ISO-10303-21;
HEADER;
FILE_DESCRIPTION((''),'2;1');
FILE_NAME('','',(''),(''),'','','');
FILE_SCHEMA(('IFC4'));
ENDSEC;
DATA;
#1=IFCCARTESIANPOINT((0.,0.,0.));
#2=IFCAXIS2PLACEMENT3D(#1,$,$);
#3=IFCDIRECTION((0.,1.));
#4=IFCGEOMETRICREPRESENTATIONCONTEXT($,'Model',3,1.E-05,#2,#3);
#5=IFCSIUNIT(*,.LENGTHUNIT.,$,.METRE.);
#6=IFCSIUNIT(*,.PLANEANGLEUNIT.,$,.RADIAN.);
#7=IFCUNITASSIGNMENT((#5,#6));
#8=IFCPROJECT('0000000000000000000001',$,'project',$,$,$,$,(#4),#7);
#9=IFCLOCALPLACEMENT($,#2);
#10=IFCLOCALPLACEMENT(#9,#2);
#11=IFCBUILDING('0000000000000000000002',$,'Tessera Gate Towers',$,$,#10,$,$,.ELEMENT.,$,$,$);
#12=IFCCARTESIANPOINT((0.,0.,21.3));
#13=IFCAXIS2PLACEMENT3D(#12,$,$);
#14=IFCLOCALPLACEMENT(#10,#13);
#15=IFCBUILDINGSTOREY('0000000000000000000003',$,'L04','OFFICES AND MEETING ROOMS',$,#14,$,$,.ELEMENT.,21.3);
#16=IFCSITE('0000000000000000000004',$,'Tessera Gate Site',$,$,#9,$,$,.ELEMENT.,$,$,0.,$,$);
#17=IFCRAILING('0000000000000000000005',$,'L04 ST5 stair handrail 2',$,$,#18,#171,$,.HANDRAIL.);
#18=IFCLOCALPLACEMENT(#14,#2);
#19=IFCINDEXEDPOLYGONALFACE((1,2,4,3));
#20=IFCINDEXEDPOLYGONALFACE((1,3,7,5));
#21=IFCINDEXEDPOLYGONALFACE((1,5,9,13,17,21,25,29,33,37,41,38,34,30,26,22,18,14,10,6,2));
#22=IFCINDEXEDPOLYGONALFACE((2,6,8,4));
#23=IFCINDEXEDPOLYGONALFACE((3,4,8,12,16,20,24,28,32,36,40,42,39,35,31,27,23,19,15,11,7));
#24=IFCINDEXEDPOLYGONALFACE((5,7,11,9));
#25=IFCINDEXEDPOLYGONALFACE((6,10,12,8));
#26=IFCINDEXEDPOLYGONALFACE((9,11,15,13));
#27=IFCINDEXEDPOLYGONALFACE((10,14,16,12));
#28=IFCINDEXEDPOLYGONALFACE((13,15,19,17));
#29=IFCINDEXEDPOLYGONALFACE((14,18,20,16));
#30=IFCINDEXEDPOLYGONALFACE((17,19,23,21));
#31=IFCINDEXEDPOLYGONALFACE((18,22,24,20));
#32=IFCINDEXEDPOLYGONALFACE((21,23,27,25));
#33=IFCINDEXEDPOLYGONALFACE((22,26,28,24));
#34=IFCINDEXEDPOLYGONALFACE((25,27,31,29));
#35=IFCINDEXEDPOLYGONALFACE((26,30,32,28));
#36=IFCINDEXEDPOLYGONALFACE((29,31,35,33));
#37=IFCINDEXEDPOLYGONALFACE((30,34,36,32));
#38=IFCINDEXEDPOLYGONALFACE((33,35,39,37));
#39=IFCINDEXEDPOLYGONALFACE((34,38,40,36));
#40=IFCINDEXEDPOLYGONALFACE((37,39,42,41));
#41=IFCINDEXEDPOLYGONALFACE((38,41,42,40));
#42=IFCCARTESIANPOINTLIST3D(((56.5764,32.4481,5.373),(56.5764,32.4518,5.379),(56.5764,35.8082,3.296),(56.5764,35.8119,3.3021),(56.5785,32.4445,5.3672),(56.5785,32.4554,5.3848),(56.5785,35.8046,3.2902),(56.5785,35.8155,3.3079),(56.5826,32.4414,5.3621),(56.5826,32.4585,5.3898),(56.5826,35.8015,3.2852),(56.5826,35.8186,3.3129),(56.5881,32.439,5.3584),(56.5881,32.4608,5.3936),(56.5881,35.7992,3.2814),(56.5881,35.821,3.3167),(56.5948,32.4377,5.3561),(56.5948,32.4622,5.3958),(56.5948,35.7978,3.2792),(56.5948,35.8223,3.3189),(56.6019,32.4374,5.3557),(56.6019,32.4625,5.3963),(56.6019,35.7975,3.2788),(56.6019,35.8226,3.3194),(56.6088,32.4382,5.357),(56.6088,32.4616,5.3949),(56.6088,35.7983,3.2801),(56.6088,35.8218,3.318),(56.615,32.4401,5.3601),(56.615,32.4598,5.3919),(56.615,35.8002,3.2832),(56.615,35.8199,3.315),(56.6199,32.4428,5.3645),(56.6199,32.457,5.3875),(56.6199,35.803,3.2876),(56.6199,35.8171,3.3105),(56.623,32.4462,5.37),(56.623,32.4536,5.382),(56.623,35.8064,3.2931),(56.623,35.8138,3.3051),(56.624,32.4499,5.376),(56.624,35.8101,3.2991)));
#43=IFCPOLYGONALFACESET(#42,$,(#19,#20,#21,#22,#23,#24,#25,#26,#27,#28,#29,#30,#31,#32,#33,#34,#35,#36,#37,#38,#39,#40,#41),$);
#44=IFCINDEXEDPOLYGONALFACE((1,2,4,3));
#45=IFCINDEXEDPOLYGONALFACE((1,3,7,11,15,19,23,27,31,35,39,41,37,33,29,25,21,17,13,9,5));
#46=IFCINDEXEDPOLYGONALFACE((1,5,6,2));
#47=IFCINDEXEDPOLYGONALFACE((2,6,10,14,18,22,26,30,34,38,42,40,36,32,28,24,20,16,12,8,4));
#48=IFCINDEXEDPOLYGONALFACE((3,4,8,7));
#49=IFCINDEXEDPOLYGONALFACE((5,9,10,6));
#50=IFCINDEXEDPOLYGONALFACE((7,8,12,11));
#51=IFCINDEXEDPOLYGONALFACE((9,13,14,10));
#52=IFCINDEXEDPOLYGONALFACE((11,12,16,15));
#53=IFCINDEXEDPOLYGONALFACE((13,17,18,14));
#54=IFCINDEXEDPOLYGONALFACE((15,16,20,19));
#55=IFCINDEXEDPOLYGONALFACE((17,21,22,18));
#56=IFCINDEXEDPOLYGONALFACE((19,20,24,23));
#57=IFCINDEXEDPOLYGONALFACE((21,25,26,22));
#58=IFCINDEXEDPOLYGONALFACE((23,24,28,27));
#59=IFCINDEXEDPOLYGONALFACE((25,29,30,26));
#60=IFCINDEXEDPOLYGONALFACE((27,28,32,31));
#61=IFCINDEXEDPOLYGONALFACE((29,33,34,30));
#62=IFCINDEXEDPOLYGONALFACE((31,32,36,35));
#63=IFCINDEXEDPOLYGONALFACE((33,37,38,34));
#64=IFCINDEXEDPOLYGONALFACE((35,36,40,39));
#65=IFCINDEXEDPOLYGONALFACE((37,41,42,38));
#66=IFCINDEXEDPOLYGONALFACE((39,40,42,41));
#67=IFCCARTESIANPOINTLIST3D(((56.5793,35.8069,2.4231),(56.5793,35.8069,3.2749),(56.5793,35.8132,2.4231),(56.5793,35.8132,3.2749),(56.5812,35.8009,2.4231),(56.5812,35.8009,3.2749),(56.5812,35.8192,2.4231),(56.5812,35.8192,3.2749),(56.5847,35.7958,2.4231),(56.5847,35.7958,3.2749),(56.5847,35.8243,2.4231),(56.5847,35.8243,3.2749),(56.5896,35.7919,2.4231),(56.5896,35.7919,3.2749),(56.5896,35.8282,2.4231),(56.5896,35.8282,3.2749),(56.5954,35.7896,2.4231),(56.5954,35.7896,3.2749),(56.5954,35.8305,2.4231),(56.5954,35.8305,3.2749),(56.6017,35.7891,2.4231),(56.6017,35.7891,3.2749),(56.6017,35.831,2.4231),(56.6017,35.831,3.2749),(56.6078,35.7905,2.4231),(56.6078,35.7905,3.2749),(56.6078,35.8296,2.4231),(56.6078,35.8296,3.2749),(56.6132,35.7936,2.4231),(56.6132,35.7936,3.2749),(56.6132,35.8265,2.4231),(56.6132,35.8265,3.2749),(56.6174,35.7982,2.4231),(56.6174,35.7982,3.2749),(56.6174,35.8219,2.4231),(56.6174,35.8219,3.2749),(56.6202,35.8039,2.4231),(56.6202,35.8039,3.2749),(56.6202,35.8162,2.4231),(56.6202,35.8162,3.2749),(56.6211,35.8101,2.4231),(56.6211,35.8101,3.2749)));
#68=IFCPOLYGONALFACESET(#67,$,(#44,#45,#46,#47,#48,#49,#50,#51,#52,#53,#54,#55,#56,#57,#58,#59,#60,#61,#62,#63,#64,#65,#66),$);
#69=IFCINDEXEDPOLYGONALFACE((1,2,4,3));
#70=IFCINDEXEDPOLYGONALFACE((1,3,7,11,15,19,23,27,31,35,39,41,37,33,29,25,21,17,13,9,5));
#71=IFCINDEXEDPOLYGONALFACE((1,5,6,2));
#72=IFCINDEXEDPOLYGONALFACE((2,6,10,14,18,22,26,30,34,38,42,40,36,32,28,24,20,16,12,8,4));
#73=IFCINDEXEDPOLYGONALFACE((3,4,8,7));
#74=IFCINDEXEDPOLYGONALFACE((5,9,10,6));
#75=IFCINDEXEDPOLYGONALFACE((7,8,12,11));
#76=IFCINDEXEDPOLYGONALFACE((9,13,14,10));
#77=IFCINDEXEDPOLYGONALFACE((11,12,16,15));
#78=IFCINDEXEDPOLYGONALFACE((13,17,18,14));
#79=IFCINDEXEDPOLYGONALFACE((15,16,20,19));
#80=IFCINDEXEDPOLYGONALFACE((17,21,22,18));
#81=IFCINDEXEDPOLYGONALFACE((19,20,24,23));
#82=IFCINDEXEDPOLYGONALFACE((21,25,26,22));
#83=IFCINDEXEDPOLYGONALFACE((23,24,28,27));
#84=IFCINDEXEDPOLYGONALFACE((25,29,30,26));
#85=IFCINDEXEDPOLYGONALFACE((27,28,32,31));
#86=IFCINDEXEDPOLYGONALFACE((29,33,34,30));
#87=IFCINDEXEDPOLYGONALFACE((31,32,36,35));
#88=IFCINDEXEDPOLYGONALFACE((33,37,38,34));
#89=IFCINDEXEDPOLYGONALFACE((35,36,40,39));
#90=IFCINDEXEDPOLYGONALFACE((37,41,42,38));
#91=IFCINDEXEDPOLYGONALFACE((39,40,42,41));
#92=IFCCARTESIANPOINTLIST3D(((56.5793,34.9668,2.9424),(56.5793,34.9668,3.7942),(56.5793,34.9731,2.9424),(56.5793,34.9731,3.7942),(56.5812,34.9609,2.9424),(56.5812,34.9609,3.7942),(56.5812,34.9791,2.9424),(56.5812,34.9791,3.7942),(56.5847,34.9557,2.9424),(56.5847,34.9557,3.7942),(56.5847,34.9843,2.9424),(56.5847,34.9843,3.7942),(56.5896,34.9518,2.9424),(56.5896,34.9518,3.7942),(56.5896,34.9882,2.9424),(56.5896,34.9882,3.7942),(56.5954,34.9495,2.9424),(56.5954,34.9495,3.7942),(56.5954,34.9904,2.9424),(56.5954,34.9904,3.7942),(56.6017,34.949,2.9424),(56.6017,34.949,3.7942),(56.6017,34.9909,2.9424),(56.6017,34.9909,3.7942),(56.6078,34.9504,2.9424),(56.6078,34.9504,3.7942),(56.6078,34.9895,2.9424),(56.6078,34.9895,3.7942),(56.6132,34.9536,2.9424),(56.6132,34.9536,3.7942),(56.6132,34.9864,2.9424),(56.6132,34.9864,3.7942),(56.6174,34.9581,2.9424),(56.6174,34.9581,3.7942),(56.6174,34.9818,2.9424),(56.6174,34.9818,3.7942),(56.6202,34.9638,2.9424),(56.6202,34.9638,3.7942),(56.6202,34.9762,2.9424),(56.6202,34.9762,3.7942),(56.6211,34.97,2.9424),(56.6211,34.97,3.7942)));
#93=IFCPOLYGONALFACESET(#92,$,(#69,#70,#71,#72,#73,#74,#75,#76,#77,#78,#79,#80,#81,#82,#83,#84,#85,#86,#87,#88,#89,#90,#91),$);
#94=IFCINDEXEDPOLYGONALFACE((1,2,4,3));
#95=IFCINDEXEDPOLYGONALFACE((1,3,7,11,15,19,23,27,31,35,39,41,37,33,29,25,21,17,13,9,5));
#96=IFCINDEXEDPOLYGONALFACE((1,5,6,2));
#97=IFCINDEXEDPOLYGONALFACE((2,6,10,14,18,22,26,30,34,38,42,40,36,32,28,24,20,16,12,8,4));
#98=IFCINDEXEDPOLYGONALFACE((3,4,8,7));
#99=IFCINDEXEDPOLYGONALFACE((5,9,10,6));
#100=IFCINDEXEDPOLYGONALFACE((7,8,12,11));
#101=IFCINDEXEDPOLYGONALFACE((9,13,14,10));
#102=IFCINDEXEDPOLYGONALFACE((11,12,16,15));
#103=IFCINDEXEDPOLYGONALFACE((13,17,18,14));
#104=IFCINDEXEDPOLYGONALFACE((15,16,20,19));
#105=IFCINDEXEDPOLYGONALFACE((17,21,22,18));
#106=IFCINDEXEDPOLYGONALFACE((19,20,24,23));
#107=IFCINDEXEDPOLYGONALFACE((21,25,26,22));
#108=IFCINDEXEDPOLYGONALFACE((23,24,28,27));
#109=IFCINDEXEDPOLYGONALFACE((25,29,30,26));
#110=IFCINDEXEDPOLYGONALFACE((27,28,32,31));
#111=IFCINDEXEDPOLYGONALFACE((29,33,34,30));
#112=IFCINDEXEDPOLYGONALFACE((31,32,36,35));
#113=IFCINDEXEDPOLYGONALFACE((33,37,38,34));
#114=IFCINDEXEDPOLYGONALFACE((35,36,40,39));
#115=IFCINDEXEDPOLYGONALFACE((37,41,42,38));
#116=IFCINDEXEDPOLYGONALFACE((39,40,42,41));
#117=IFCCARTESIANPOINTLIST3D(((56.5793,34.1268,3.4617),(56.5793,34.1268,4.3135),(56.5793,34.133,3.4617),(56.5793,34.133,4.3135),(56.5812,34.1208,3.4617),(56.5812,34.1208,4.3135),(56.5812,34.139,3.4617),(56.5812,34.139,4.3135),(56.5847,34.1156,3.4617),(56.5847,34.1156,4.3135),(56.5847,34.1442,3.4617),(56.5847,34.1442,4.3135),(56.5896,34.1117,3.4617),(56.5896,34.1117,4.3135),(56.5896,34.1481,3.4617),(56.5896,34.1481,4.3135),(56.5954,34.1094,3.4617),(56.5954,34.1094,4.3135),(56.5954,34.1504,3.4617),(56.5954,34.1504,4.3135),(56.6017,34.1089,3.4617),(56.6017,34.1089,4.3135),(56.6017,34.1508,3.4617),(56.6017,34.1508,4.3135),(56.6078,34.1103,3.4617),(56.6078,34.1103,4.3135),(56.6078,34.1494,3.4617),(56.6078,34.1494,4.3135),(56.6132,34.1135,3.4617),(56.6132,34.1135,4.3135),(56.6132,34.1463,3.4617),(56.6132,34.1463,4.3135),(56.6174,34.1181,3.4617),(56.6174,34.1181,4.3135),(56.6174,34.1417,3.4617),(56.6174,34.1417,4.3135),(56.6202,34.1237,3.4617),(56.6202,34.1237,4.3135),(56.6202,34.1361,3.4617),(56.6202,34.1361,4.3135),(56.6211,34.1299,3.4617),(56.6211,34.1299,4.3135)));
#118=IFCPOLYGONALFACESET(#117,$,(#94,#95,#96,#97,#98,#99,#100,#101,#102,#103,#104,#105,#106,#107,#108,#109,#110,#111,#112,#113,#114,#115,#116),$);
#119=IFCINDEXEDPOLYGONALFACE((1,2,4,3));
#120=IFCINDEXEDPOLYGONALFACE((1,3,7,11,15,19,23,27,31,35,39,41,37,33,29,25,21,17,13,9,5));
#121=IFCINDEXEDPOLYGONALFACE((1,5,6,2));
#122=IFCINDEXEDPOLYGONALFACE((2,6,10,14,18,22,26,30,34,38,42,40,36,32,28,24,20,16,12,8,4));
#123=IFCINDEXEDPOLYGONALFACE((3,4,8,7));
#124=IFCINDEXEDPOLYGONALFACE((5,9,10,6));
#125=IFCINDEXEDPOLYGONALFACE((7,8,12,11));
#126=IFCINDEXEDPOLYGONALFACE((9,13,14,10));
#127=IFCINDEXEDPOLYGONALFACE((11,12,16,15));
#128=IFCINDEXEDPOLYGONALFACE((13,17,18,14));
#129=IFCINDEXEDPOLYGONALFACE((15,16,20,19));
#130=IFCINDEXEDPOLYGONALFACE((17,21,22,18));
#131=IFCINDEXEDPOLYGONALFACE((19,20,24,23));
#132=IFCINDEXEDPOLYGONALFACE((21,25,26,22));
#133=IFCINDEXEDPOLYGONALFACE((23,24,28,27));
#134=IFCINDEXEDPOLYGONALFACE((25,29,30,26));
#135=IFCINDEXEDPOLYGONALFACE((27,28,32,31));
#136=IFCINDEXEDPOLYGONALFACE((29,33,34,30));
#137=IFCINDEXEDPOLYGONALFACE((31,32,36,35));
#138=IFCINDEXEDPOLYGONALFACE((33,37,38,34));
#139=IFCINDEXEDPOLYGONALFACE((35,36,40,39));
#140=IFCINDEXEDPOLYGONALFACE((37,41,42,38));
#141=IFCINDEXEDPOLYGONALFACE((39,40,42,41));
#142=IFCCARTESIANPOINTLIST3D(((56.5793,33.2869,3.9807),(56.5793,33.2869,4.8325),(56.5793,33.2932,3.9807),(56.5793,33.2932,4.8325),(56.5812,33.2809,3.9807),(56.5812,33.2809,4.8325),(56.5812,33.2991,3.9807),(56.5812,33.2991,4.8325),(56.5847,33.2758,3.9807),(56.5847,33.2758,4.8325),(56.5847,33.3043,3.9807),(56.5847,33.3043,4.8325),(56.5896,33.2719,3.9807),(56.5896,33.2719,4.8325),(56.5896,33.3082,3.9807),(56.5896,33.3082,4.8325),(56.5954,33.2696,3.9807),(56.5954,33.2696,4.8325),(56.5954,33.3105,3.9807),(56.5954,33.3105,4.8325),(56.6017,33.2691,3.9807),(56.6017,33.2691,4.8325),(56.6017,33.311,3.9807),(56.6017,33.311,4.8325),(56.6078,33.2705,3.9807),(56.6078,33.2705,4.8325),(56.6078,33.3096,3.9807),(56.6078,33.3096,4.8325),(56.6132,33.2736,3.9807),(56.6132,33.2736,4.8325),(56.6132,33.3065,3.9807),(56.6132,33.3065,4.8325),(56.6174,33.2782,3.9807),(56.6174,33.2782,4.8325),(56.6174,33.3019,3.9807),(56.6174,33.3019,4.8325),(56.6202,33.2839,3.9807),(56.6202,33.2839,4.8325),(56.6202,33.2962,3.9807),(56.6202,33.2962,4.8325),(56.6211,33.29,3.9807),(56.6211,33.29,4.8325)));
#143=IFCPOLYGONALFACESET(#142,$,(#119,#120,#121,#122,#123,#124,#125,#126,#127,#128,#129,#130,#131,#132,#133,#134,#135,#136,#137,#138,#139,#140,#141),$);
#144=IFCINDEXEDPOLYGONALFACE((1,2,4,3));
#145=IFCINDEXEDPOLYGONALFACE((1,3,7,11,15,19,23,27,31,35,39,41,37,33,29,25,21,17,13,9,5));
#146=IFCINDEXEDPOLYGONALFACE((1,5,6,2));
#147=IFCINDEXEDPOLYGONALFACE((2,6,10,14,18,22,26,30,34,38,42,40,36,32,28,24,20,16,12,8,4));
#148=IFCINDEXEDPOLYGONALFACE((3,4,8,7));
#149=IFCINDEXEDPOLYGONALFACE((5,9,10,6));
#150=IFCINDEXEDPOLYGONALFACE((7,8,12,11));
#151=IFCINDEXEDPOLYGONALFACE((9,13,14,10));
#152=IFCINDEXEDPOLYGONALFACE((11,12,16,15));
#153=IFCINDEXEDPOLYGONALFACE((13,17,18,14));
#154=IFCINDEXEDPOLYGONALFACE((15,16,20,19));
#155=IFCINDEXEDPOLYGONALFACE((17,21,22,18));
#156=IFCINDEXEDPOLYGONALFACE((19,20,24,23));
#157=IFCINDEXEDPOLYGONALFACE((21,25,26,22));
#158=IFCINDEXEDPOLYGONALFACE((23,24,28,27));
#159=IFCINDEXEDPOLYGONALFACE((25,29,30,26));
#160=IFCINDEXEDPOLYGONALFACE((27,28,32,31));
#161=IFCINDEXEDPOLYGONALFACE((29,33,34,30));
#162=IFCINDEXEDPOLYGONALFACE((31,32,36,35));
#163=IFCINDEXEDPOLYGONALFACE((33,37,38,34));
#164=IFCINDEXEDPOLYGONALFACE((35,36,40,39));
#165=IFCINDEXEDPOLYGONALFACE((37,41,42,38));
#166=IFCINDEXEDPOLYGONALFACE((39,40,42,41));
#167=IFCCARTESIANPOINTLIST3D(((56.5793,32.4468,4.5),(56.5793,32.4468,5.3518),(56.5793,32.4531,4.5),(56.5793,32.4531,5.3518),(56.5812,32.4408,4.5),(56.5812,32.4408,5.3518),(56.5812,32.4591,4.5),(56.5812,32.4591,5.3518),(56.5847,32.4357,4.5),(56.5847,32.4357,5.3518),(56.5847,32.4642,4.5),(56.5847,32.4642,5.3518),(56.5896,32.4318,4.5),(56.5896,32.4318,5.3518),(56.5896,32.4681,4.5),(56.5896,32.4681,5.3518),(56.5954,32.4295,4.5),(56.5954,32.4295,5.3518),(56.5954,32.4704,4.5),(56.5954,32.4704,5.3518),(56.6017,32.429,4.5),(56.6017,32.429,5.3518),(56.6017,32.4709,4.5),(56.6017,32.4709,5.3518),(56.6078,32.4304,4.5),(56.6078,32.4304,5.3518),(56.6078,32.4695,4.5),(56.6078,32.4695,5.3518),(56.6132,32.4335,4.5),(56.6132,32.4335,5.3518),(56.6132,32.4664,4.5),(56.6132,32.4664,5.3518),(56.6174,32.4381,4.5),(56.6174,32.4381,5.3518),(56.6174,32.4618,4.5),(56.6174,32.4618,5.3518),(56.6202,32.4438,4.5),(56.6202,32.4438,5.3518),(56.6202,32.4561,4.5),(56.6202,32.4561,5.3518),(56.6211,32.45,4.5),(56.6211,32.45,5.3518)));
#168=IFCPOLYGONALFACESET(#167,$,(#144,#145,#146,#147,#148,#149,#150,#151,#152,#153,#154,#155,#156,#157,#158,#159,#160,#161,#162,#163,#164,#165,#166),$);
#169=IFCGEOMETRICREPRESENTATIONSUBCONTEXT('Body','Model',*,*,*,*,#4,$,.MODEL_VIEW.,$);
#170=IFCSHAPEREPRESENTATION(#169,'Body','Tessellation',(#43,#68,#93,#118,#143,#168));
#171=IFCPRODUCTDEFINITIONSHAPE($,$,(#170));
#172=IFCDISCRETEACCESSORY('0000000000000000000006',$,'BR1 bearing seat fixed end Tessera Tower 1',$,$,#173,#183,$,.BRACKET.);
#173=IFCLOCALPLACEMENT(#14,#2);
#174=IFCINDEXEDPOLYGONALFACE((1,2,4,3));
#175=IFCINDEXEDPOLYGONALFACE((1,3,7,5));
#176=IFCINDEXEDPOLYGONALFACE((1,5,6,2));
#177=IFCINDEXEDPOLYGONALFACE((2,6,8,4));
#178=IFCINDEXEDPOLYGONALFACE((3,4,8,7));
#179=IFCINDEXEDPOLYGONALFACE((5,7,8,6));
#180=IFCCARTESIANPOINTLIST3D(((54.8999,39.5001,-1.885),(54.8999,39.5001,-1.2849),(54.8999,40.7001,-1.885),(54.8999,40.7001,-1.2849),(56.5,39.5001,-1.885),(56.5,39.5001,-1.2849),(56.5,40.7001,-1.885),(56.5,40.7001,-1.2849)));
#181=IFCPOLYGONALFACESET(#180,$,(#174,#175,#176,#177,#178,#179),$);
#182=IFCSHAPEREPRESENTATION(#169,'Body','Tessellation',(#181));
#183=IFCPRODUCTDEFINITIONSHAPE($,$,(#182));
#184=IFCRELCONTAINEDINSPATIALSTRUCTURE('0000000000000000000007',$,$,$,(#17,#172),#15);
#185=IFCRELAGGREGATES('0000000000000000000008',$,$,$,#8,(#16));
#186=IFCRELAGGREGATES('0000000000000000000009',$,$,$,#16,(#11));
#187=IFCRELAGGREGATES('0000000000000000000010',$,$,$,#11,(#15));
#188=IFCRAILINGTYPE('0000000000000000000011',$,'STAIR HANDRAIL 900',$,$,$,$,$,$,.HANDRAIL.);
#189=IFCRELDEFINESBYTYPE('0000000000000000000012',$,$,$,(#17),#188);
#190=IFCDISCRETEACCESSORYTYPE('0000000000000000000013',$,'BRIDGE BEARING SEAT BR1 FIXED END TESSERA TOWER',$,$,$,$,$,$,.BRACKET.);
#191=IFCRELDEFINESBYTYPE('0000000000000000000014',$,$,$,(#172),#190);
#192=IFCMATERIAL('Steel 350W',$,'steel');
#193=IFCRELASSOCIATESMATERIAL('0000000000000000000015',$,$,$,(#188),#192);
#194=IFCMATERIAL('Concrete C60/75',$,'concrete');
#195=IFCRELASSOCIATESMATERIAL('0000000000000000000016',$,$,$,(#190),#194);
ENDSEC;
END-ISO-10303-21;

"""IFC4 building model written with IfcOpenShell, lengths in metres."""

from ifc_helpers import new_model, si_unit, direction, frame, origin, origin_2d, place, context, subcontext, project, spatial, rectangle, circle, extrude, material, type_object, element, save


model = new_model("IFC4")

# Units and contexts
model_context = context("Model", 3, precision=1e-05, world=origin(), true_north=direction((0.0, 1.0)))
body_context = subcontext(model_context, "Body", "Model", "MODEL_VIEW")
ifc_project = project(units=[si_unit("LENGTHUNIT", "METRE"), si_unit("PLANEANGLEUNIT", "RADIAN")], contexts=[model_context])

# Site, building, storey
site_placement = place(None, origin())
site = spatial("IfcSite", under=ifc_project, at=site_placement, Name="Tessera Gate Site", CompositionType="ELEMENT", RefElevation=0.0)
building_placement = place(site_placement, origin())
building = spatial("IfcBuilding", under=site, at=building_placement, Name="Tessera Gate Towers", CompositionType="ELEMENT")
storey_placement = place(building_placement, frame((0.0, 0.0, 21.3)))
storey = spatial("IfcBuildingStorey", under=building, at=storey_placement, Name="L04", Description="OFFICES AND MEETING ROOMS", CompositionType="ELEMENT", Elevation=21.3)

# Railing
ifc_material_1 = material(Name="Steel 350W", Category="steel")
railing_type = type_object("IfcRailingType", Name="STAIR HANDRAIL 900", PredefinedType="HANDRAIL", material=ifc_material_1)
railing_placement = place(storey_placement, frame((56.6001, 35.8101, 2.4231)))
element("IfcRailing", 1, at=railing_placement, inside=storey, type_object=railing_type, Name="L04 ST5 stair handrail 2", PredefinedType="HANDRAIL", context=body_context, shape_type="SweptSolid", body=[
    extrude(circle(Radius=0.0239, at=origin_2d()), frame((0.0, 0.0, 0.876), z_axis=(0.0, -0.850623, 0.525776), x_axis=(1.0, 0.0, 0.0)), (0.0, 0.0, 1.0), 3.9502),
    extrude(circle(Radius=0.021, at=origin_2d()), origin(), (0.0, 0.0, 1.0), 0.8518),
    extrude(circle(Radius=0.021, at=origin_2d()), frame((0.0, -0.8401, 0.5193)), (0.0, 0.0, 1.0), 0.8518),
    extrude(circle(Radius=0.021, at=origin_2d()), frame((0.0, -1.6802, 1.0386)), (0.0, 0.0, 1.0), 0.8518),
    extrude(circle(Radius=0.021, at=origin_2d()), frame((0.0, -2.52, 1.5576)), (0.0, 0.0, 1.0), 0.8518),
    extrude(circle(Radius=0.021, at=origin_2d()), frame((0.0, -3.3601, 2.0769)), (0.0, 0.0, 1.0), 0.8518),
])

# Discrete accessory
ifc_material_2 = material(Name="Concrete C60/75", Category="concrete")
discrete_accessory_type = type_object("IfcDiscreteAccessoryType", Name="BRIDGE BEARING SEAT BR1 FIXED END TESSERA TOWER", PredefinedType="BRACKET", material=ifc_material_2)
discrete_accessory_placement = place(storey_placement, frame((55.7, 40.1001, -1.885), z_axis=(0.0, 0.0, 1.0), x_axis=(1.0, 0.0, 0.0)))
element("IfcDiscreteAccessory", 2, at=discrete_accessory_placement, inside=storey, type_object=discrete_accessory_type, Name="BR1 bearing seat fixed end Tessera Tower 1", PredefinedType="BRACKET", context=body_context, shape_type="SweptSolid", body=[
    extrude(rectangle(XDim=1.6001, YDim=1.2, at=origin_2d()), origin(), (0.0, 0.0, 1.0), 0.6001),
])

save(model, "model.ifc")
